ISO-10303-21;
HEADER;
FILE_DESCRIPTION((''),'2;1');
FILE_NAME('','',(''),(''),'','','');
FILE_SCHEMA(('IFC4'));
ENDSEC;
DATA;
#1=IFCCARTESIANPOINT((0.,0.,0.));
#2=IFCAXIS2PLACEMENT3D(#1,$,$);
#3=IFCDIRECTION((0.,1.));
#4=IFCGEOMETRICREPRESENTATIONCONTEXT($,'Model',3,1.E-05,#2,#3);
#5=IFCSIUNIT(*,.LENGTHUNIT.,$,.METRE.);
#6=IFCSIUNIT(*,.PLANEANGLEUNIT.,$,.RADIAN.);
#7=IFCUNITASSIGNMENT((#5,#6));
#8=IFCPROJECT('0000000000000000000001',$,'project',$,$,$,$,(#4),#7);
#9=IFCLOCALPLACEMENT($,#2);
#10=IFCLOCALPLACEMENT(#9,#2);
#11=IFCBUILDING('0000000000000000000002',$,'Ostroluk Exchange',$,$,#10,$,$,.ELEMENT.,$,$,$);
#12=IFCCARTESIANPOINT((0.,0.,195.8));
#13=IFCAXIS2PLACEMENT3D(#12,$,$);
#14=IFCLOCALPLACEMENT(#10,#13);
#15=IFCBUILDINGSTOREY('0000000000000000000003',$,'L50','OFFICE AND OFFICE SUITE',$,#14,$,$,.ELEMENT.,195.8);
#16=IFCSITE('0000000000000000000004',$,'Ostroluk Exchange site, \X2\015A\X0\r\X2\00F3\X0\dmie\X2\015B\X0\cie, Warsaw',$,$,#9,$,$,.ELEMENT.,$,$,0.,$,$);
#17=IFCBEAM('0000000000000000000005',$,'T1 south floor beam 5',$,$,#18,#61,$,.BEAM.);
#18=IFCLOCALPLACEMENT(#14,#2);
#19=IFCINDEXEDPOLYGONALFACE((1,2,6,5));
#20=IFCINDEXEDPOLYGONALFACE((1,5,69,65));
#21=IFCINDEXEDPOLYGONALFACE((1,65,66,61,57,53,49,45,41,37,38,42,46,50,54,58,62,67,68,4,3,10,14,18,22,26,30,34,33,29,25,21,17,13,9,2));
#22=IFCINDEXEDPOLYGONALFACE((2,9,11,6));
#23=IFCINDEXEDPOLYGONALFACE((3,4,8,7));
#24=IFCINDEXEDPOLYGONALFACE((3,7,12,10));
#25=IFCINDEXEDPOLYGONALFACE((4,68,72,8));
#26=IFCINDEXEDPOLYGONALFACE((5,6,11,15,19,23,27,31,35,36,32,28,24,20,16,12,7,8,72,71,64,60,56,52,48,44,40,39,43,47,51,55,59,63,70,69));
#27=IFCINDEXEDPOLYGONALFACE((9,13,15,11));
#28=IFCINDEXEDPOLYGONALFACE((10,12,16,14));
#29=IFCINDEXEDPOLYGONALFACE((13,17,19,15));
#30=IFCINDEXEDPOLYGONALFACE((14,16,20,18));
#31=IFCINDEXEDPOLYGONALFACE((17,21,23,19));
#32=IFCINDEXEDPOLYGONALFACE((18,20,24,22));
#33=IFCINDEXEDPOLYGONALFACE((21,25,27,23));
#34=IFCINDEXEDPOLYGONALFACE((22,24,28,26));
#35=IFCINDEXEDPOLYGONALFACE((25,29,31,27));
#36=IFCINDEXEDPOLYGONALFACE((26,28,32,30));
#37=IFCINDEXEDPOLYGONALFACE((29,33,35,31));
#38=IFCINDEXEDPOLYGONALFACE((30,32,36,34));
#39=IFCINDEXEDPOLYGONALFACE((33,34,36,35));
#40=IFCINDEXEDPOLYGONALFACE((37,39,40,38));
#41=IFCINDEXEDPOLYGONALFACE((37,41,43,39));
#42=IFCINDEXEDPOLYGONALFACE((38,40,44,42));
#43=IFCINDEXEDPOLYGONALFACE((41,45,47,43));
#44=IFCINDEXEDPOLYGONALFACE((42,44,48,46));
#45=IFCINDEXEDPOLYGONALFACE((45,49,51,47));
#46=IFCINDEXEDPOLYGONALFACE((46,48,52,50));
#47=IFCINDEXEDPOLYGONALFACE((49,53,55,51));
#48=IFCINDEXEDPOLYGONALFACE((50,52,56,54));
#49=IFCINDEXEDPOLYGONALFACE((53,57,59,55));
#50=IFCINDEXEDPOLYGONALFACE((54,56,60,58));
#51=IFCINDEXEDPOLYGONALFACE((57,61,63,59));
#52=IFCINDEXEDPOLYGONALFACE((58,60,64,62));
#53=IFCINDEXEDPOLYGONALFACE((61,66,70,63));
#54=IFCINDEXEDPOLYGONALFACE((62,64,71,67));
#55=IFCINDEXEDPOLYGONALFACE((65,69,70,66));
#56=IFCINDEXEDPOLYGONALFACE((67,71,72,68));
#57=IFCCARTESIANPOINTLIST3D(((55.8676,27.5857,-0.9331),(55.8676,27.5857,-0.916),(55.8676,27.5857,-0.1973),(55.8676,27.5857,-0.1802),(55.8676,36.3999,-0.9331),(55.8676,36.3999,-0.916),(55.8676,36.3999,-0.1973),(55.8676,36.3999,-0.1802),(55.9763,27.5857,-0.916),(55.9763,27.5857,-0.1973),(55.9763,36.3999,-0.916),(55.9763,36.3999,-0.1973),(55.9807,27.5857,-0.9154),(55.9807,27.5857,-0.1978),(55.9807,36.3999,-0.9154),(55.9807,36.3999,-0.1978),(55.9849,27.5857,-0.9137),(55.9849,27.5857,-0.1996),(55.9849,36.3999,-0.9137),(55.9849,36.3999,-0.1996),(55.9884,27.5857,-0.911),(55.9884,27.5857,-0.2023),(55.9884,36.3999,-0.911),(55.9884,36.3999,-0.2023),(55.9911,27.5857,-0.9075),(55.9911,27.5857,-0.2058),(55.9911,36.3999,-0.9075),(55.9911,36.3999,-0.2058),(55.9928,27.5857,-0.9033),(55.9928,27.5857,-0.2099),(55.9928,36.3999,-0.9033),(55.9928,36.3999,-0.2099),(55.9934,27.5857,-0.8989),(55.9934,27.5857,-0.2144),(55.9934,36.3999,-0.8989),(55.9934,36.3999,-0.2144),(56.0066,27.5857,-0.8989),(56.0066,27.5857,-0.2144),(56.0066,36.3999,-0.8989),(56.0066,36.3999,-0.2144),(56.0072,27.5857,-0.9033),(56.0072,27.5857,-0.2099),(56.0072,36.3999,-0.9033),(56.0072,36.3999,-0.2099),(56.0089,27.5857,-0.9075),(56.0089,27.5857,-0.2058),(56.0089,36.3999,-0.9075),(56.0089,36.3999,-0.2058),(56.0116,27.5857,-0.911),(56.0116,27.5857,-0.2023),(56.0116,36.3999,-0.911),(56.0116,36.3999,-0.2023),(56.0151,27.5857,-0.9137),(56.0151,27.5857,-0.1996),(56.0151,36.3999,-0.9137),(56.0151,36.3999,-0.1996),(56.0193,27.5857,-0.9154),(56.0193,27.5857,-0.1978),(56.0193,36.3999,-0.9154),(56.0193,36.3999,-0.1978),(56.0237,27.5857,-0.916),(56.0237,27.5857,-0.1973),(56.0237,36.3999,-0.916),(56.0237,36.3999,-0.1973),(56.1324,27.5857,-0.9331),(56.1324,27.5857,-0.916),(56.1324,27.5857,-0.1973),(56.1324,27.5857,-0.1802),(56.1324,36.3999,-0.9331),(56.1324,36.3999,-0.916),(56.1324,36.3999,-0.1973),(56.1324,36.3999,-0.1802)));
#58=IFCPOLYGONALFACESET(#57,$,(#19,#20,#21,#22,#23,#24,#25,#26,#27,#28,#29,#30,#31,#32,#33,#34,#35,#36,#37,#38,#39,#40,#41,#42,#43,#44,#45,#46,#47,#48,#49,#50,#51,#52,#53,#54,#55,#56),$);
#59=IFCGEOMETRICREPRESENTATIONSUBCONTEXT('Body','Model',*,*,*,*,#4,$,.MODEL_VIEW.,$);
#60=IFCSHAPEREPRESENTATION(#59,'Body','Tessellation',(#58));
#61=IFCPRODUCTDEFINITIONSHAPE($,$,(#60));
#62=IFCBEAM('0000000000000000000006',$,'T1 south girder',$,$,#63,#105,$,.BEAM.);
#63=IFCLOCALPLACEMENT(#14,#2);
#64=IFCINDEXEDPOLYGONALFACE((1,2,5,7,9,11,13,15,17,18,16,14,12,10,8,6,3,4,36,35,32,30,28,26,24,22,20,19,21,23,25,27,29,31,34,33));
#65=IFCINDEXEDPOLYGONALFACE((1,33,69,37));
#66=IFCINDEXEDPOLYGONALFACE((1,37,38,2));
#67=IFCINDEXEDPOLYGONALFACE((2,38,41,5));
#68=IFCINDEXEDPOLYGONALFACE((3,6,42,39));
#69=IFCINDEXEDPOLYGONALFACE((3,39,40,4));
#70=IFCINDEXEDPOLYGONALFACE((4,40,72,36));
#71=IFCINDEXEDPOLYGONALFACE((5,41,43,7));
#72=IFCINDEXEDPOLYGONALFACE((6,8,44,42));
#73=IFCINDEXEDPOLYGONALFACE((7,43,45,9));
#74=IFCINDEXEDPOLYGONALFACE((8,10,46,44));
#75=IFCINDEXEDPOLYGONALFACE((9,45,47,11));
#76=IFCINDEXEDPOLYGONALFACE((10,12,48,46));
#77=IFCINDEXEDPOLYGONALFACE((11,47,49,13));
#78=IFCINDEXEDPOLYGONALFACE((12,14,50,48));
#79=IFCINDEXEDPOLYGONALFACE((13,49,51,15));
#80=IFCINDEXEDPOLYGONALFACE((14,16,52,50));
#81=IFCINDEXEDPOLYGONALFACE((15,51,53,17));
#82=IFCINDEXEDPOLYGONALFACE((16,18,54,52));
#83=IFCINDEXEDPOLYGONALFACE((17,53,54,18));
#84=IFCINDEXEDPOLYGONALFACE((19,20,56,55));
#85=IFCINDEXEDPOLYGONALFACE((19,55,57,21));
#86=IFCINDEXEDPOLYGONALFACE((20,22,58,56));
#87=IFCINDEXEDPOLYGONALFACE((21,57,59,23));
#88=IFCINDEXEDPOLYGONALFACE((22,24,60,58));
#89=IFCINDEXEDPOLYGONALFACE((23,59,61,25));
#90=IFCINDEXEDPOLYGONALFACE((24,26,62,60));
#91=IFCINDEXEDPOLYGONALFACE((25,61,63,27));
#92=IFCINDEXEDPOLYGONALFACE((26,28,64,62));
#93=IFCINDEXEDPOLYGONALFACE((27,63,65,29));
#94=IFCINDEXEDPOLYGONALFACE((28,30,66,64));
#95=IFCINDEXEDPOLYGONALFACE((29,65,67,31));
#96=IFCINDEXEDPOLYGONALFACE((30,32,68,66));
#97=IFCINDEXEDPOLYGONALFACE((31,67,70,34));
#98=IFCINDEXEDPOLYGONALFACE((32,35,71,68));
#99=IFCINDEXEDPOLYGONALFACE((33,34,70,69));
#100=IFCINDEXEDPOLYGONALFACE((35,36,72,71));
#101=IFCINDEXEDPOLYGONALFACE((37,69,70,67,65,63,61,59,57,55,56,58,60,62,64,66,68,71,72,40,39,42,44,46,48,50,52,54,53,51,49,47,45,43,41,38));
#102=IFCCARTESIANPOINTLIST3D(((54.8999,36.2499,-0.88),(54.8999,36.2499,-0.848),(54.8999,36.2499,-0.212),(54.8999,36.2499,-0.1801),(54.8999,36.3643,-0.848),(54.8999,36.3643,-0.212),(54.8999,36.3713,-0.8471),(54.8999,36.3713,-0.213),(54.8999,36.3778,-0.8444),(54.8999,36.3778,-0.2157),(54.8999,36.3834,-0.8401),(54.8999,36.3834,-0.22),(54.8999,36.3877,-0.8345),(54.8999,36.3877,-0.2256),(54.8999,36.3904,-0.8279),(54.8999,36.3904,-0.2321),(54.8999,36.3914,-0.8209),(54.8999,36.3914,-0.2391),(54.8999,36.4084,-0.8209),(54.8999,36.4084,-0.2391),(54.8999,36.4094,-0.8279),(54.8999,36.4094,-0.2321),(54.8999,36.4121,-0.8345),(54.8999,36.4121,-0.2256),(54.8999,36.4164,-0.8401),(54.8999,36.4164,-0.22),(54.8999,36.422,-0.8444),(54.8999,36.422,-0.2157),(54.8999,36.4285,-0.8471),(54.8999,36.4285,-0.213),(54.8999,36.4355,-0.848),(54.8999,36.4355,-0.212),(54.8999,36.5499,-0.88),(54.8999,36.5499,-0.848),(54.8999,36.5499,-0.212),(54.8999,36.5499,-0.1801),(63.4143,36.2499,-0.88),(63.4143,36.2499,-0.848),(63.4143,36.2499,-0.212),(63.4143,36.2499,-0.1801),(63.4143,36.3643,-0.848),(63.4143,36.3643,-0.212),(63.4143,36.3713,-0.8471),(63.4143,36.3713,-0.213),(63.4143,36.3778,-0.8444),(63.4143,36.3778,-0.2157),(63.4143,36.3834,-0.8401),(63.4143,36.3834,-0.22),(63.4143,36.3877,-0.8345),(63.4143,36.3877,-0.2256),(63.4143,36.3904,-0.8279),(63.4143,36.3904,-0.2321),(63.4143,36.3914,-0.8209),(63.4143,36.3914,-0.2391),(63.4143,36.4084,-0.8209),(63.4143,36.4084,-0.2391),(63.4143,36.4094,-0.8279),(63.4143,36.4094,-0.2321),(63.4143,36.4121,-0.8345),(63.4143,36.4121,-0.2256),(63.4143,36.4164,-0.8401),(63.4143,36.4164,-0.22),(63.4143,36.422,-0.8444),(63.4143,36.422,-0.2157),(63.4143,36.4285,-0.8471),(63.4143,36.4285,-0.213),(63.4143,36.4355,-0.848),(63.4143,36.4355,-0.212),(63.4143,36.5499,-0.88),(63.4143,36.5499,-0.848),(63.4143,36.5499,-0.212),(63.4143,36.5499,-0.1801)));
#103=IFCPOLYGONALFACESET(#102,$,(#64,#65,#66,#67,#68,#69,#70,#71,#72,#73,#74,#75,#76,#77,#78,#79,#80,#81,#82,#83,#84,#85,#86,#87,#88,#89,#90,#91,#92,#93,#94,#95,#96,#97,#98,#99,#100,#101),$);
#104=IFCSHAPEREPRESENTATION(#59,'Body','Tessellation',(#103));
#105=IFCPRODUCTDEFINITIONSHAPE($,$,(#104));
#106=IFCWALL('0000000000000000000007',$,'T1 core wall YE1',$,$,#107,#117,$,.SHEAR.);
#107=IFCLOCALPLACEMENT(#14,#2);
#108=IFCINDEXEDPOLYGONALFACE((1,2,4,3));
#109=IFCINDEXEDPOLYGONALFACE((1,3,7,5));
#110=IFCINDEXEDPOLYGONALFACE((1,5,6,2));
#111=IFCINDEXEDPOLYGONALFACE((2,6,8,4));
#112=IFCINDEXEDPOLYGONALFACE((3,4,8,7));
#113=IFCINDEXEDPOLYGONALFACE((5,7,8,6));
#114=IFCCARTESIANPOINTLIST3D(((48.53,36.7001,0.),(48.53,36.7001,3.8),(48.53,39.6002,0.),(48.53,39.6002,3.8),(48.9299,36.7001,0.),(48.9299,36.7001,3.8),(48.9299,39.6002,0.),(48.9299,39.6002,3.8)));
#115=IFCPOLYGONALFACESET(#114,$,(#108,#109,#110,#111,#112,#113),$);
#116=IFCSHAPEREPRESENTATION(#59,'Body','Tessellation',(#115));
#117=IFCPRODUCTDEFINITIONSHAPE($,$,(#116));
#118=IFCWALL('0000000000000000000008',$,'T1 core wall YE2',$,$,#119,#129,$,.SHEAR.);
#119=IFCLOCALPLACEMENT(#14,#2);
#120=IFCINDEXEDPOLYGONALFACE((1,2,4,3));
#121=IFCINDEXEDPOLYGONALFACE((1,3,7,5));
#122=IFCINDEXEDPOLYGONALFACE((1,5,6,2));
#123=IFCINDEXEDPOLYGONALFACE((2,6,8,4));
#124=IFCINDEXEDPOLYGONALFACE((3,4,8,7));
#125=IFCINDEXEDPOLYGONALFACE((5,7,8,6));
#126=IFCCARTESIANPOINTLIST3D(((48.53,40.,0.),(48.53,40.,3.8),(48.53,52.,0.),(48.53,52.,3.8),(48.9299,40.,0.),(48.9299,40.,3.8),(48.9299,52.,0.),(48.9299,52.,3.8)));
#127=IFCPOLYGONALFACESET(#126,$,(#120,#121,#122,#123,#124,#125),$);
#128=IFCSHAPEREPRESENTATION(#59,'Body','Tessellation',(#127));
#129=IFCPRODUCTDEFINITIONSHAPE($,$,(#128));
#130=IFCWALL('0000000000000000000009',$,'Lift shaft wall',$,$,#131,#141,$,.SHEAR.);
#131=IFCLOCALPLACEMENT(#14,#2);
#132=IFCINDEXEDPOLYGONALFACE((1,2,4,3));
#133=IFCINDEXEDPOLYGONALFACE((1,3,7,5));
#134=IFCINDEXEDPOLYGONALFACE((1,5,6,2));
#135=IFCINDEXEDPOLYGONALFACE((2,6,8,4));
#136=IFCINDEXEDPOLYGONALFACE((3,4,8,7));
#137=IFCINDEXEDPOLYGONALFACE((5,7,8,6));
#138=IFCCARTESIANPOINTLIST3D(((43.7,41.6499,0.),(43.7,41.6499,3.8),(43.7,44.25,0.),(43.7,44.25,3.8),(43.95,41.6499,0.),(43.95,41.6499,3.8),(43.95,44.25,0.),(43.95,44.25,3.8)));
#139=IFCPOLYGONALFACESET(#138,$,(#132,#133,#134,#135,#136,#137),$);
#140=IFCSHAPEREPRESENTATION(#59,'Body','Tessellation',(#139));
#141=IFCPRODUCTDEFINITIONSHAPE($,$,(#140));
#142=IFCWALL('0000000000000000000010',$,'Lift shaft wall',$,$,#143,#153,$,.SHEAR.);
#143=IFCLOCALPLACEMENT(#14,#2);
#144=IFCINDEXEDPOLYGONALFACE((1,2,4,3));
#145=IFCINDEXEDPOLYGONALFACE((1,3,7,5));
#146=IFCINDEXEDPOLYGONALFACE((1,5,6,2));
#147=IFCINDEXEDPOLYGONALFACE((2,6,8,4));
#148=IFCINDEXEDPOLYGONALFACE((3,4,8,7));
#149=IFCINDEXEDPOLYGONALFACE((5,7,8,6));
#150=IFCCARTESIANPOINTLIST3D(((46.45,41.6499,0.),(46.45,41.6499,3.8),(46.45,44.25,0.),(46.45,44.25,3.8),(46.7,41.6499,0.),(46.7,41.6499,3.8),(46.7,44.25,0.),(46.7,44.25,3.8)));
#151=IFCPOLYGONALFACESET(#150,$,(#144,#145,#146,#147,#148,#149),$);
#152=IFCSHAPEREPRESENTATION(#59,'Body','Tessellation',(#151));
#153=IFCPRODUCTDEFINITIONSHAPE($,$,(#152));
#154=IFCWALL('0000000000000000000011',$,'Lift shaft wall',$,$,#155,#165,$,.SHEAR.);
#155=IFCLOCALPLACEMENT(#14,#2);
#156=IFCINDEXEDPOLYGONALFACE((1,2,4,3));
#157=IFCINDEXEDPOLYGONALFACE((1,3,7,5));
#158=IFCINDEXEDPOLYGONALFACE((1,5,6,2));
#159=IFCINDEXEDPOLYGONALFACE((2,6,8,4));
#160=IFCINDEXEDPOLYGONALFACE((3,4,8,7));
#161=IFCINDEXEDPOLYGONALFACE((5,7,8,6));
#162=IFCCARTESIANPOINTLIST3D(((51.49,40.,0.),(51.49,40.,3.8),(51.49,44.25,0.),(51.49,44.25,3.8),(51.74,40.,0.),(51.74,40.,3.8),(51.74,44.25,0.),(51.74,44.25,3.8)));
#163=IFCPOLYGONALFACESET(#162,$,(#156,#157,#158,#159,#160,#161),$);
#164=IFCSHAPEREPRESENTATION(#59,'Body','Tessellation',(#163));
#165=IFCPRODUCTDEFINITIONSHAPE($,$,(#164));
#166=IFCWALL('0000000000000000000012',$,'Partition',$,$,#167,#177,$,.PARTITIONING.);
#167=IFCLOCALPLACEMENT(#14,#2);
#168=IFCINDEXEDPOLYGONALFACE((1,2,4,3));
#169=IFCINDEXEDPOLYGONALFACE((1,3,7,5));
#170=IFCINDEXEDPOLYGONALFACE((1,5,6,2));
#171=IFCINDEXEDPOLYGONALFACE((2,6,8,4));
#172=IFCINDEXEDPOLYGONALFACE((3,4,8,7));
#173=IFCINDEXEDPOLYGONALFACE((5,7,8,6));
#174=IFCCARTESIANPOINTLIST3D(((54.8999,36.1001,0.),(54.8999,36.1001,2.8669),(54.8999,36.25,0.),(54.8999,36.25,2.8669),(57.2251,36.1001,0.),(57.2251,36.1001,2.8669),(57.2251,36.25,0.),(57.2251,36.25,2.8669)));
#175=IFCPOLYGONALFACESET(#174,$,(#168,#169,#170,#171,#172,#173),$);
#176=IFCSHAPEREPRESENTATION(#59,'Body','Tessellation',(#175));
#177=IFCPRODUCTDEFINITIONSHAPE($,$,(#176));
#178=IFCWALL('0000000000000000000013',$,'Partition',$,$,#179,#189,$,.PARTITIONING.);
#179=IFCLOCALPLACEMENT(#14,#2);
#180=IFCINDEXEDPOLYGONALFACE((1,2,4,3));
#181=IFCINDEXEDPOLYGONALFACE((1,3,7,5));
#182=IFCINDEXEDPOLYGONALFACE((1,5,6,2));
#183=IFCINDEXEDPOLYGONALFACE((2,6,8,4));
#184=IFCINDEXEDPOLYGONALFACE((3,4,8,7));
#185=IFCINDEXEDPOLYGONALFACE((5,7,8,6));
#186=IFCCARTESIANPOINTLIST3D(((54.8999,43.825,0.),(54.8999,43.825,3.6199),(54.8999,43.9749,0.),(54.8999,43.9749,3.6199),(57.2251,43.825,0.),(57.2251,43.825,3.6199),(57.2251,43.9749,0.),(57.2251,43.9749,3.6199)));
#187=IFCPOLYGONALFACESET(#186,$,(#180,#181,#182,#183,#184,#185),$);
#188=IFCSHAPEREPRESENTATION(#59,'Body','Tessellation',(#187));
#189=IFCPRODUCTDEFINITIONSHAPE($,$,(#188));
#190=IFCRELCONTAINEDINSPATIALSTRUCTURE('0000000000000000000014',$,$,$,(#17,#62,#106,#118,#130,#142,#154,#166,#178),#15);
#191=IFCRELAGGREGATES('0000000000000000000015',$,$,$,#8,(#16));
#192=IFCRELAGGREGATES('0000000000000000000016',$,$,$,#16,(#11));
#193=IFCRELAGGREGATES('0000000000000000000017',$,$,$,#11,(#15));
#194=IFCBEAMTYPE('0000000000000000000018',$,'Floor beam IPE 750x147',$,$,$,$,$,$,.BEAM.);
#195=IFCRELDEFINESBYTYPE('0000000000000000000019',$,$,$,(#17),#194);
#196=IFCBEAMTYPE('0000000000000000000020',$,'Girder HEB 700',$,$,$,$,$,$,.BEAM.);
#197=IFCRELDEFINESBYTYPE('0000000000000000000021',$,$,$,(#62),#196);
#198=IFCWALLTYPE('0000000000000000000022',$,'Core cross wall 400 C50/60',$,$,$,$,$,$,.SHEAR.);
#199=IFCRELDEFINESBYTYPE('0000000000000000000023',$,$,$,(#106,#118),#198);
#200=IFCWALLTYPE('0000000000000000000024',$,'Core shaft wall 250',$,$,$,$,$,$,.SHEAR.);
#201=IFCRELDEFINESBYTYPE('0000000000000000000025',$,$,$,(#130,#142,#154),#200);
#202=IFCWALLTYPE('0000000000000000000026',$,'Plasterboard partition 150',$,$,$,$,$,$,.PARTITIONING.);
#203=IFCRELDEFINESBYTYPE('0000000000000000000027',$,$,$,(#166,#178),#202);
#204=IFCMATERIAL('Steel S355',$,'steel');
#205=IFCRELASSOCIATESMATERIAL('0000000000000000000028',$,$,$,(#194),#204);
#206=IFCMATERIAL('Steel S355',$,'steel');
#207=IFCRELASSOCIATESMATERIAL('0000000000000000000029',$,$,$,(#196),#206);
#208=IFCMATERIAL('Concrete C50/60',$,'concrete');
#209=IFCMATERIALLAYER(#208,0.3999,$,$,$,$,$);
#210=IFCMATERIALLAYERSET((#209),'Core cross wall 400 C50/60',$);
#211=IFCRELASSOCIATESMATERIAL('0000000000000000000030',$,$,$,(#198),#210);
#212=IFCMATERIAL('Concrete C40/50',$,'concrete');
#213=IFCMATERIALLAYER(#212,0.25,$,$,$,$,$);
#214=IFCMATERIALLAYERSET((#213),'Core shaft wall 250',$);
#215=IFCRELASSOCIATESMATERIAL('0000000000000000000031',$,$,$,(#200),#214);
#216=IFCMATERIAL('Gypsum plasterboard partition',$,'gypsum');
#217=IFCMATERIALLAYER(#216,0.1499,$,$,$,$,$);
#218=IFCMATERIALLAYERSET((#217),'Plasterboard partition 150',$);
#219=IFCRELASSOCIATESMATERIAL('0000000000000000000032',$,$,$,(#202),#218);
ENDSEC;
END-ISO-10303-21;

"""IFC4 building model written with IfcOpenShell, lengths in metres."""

from ifc_helpers import new_model, si_unit, direction, frame, frame_2d, origin, origin_2d, place, context, subcontext, project, spatial, rectangle, i_section, extrude, material, layer, layer_set, material_profile, profile_set, type_object, element, save


model = new_model("IFC4")

# Units and contexts
model_context = context("Model", 3, precision=1e-05, world=origin(), true_north=direction((0.0, 1.0)))
body_context = subcontext(model_context, "Body", "Model", "MODEL_VIEW")
ifc_project = project(units=[si_unit("LENGTHUNIT", "METRE"), si_unit("PLANEANGLEUNIT", "RADIAN")], contexts=[model_context])

# Site, building, storey
site_placement = place(None, origin())
site = spatial("IfcSite", under=ifc_project, at=site_placement, Name="Ostroluk Exchange site, Śródmieście, Warsaw", CompositionType="ELEMENT", RefElevation=0.0)
building_placement = place(site_placement, origin())
building = spatial("IfcBuilding", under=site, at=building_placement, Name="Ostroluk Exchange", CompositionType="ELEMENT")
storey_placement = place(building_placement, frame((0.0, 0.0, 195.8)))
storey = spatial("IfcBuildingStorey", under=building, at=storey_placement, Name="L50", Description="OFFICE AND OFFICE SUITE", CompositionType="ELEMENT", Elevation=195.8)

# Beams
ifc_material_1 = material(Name="Steel S355", Category="steel")
ifc_material_profile_1 = material_profile(ifc_material_1, i_section(OverallWidth=0.2649, OverallDepth=0.7529, WebThickness=0.0132, FlangeThickness=0.0171, FilletRadius=0.0171, at=origin_2d()), Name="IPE 750x147")
ifc_profile_set_1 = profile_set([ifc_material_profile_1], Name="Steel S355")
beam_type_1 = type_object("IfcBeamType", Name="Floor beam IPE 750x147", PredefinedType="BEAM", material=ifc_profile_set_1)
beam_1_placement = place(storey_placement, frame((56.0, 36.3999, -0.5566), z_axis=(0.0, -1.0, 0.0), x_axis=(1.0, 0.0, 0.0)))
element("IfcBeam", 1, at=beam_1_placement, inside=storey, type_object=beam_type_1, Name="T1 south floor beam 5", PredefinedType="BEAM", context=body_context, shape_type="SweptSolid", body=[
    extrude(i_section(OverallWidth=0.2649, OverallDepth=0.7529, WebThickness=0.0132, FlangeThickness=0.0171, FilletRadius=0.0171, at=origin_2d()), origin(), (0.0, 0.0, 1.0), 8.8142),
])
ifc_material_2 = material(Name="Steel S355", Category="steel")
ifc_material_profile_2 = material_profile(ifc_material_2, i_section(OverallWidth=0.3, OverallDepth=0.7, WebThickness=0.0171, FlangeThickness=0.032, FilletRadius=0.0271, at=origin_2d()), Name="HEB 700")
ifc_profile_set_2 = profile_set([ifc_material_profile_2], Name="Steel S355")
beam_type_2 = type_object("IfcBeamType", Name="Girder HEB 700", PredefinedType="BEAM", material=ifc_profile_set_2)
beam_2_placement = place(storey_placement, frame((54.8999, 36.3999, -0.53), z_axis=(1.0, 0.0, 0.0), x_axis=(0.0, 1.0, 0.0)))
element("IfcBeam", 2, at=beam_2_placement, inside=storey, type_object=beam_type_2, Name="T1 south girder", PredefinedType="BEAM", context=body_context, shape_type="SweptSolid", body=[
    extrude(i_section(OverallWidth=0.3, OverallDepth=0.7, WebThickness=0.0171, FlangeThickness=0.032, FilletRadius=0.0271, at=origin_2d()), origin(), (0.0, 0.0, 1.0), 8.5144),
])

# Walls
ifc_material_3 = material(Name="Concrete C50/60", Category="concrete")
ifc_layer_1 = layer(ifc_material_3, 0.3999)
ifc_layer_set_1 = layer_set([ifc_layer_1], Name="Core cross wall 400 C50/60")
wall_type_1 = type_object("IfcWallType", Name="Core cross wall 400 C50/60", PredefinedType="SHEAR", material=ifc_layer_set_1)
wall_1_placement = place(storey_placement, frame((48.73, 36.7, 0.0), z_axis=(0.0, 0.0, 1.0), x_axis=(0.0, 1.0, 0.0)))
element("IfcWall", 3, at=wall_1_placement, inside=storey, type_object=wall_type_1, Name="T1 core wall YE1", PredefinedType="SHEAR", context=body_context, shape_type="SweptSolid", body=[
    extrude(rectangle(XDim=2.9001, YDim=0.3999, at=frame_2d((1.4502, 0.0))), origin(), (0.0, 0.0, 1.0), 3.8),
])
wall_2_placement = place(storey_placement, frame((48.73, 40.0, 0.0), z_axis=(0.0, 0.0, 1.0), x_axis=(0.0, 1.0, 0.0)))
element("IfcWall", 4, at=wall_2_placement, inside=storey, type_object=wall_type_1, Name="T1 core wall YE2", PredefinedType="SHEAR", context=body_context, shape_type="SweptSolid", body=[
    extrude(rectangle(XDim=12.0, YDim=0.3999, at=frame_2d((6.0, 0.0))), origin(), (0.0, 0.0, 1.0), 3.8),
])

# Shared definitions
ifc_material_4 = material(Name="Concrete C40/50", Category="concrete")
ifc_layer_2 = layer(ifc_material_4, 0.25)
ifc_layer_set_2 = layer_set([ifc_layer_2], Name="Core shaft wall 250")
wall_type_2 = type_object("IfcWallType", Name="Core shaft wall 250", PredefinedType="SHEAR", material=ifc_layer_set_2)

# Walls
for number, where, z_axis, x_axis, name in (
    (5, (43.825, 44.25, 0.0), (0.0, 0.0, 1.0), (0.0, -1.0, 0.0), "Lift shaft wall"),
    (6, (46.575, 44.25, 0.0), (0.0, 0.0, 1.0), (0.0, -1.0, 0.0), "Lift shaft wall"),
):
    element("IfcWall", number, at=place(storey_placement, frame(where, z_axis=z_axis, x_axis=x_axis)), inside=storey, type_object=wall_type_2, Name=name, PredefinedType="SHEAR", context=body_context, shape_type="SweptSolid", body=[
        extrude(rectangle(XDim=2.6001, YDim=0.25, at=frame_2d((1.3, 0.0))), origin(), (0.0, 0.0, 1.0), 3.8),
    ])
wall_3_placement = place(storey_placement, frame((51.615, 44.25, 0.0), z_axis=(0.0, 0.0, 1.0), x_axis=(0.0, -1.0, 0.0)))
element("IfcWall", 7, at=wall_3_placement, inside=storey, type_object=wall_type_2, Name="Lift shaft wall", PredefinedType="SHEAR", context=body_context, shape_type="SweptSolid", body=[
    extrude(rectangle(XDim=4.25, YDim=0.25, at=frame_2d((2.125, 0.0))), origin(), (0.0, 0.0, 1.0), 3.8),
])

# Walls
ifc_material_5 = material(Name="Gypsum plasterboard partition", Category="gypsum")
ifc_layer_3 = layer(ifc_material_5, 0.1499)
ifc_layer_set_3 = layer_set([ifc_layer_3], Name="Plasterboard partition 150")
wall_type_3 = type_object("IfcWallType", Name="Plasterboard partition 150", PredefinedType="PARTITIONING", material=ifc_layer_set_3)
wall_4_placement = place(storey_placement, frame((54.8999, 36.175, 0.0), z_axis=(0.0, 0.0, 1.0), x_axis=(1.0, 0.0, 0.0)))
element("IfcWall", 8, at=wall_4_placement, inside=storey, type_object=wall_type_3, Name="Partition", PredefinedType="PARTITIONING", context=body_context, shape_type="SweptSolid", body=[
    extrude(rectangle(XDim=2.3252, YDim=0.1499, at=frame_2d((1.1626, 0.0))), origin(), (0.0, 0.0, 1.0), 2.8669),
])
for number, where, z_axis, x_axis, name in (
    (9, (54.8999, 43.8999, 0.0), (0.0, 0.0, 1.0), (1.0, 0.0, 0.0), "Partition"),
):
    element("IfcWall", number, at=place(storey_placement, frame(where, z_axis=z_axis, x_axis=x_axis)), inside=storey, type_object=wall_type_3, Name=name, PredefinedType="PARTITIONING", context=body_context, shape_type="SweptSolid", body=[
        extrude(rectangle(XDim=2.3252, YDim=0.1499, at=frame_2d((1.1626, 0.0))), origin(), (0.0, 0.0, 1.0), 3.6199),
    ])

save(model, "model.ifc")
